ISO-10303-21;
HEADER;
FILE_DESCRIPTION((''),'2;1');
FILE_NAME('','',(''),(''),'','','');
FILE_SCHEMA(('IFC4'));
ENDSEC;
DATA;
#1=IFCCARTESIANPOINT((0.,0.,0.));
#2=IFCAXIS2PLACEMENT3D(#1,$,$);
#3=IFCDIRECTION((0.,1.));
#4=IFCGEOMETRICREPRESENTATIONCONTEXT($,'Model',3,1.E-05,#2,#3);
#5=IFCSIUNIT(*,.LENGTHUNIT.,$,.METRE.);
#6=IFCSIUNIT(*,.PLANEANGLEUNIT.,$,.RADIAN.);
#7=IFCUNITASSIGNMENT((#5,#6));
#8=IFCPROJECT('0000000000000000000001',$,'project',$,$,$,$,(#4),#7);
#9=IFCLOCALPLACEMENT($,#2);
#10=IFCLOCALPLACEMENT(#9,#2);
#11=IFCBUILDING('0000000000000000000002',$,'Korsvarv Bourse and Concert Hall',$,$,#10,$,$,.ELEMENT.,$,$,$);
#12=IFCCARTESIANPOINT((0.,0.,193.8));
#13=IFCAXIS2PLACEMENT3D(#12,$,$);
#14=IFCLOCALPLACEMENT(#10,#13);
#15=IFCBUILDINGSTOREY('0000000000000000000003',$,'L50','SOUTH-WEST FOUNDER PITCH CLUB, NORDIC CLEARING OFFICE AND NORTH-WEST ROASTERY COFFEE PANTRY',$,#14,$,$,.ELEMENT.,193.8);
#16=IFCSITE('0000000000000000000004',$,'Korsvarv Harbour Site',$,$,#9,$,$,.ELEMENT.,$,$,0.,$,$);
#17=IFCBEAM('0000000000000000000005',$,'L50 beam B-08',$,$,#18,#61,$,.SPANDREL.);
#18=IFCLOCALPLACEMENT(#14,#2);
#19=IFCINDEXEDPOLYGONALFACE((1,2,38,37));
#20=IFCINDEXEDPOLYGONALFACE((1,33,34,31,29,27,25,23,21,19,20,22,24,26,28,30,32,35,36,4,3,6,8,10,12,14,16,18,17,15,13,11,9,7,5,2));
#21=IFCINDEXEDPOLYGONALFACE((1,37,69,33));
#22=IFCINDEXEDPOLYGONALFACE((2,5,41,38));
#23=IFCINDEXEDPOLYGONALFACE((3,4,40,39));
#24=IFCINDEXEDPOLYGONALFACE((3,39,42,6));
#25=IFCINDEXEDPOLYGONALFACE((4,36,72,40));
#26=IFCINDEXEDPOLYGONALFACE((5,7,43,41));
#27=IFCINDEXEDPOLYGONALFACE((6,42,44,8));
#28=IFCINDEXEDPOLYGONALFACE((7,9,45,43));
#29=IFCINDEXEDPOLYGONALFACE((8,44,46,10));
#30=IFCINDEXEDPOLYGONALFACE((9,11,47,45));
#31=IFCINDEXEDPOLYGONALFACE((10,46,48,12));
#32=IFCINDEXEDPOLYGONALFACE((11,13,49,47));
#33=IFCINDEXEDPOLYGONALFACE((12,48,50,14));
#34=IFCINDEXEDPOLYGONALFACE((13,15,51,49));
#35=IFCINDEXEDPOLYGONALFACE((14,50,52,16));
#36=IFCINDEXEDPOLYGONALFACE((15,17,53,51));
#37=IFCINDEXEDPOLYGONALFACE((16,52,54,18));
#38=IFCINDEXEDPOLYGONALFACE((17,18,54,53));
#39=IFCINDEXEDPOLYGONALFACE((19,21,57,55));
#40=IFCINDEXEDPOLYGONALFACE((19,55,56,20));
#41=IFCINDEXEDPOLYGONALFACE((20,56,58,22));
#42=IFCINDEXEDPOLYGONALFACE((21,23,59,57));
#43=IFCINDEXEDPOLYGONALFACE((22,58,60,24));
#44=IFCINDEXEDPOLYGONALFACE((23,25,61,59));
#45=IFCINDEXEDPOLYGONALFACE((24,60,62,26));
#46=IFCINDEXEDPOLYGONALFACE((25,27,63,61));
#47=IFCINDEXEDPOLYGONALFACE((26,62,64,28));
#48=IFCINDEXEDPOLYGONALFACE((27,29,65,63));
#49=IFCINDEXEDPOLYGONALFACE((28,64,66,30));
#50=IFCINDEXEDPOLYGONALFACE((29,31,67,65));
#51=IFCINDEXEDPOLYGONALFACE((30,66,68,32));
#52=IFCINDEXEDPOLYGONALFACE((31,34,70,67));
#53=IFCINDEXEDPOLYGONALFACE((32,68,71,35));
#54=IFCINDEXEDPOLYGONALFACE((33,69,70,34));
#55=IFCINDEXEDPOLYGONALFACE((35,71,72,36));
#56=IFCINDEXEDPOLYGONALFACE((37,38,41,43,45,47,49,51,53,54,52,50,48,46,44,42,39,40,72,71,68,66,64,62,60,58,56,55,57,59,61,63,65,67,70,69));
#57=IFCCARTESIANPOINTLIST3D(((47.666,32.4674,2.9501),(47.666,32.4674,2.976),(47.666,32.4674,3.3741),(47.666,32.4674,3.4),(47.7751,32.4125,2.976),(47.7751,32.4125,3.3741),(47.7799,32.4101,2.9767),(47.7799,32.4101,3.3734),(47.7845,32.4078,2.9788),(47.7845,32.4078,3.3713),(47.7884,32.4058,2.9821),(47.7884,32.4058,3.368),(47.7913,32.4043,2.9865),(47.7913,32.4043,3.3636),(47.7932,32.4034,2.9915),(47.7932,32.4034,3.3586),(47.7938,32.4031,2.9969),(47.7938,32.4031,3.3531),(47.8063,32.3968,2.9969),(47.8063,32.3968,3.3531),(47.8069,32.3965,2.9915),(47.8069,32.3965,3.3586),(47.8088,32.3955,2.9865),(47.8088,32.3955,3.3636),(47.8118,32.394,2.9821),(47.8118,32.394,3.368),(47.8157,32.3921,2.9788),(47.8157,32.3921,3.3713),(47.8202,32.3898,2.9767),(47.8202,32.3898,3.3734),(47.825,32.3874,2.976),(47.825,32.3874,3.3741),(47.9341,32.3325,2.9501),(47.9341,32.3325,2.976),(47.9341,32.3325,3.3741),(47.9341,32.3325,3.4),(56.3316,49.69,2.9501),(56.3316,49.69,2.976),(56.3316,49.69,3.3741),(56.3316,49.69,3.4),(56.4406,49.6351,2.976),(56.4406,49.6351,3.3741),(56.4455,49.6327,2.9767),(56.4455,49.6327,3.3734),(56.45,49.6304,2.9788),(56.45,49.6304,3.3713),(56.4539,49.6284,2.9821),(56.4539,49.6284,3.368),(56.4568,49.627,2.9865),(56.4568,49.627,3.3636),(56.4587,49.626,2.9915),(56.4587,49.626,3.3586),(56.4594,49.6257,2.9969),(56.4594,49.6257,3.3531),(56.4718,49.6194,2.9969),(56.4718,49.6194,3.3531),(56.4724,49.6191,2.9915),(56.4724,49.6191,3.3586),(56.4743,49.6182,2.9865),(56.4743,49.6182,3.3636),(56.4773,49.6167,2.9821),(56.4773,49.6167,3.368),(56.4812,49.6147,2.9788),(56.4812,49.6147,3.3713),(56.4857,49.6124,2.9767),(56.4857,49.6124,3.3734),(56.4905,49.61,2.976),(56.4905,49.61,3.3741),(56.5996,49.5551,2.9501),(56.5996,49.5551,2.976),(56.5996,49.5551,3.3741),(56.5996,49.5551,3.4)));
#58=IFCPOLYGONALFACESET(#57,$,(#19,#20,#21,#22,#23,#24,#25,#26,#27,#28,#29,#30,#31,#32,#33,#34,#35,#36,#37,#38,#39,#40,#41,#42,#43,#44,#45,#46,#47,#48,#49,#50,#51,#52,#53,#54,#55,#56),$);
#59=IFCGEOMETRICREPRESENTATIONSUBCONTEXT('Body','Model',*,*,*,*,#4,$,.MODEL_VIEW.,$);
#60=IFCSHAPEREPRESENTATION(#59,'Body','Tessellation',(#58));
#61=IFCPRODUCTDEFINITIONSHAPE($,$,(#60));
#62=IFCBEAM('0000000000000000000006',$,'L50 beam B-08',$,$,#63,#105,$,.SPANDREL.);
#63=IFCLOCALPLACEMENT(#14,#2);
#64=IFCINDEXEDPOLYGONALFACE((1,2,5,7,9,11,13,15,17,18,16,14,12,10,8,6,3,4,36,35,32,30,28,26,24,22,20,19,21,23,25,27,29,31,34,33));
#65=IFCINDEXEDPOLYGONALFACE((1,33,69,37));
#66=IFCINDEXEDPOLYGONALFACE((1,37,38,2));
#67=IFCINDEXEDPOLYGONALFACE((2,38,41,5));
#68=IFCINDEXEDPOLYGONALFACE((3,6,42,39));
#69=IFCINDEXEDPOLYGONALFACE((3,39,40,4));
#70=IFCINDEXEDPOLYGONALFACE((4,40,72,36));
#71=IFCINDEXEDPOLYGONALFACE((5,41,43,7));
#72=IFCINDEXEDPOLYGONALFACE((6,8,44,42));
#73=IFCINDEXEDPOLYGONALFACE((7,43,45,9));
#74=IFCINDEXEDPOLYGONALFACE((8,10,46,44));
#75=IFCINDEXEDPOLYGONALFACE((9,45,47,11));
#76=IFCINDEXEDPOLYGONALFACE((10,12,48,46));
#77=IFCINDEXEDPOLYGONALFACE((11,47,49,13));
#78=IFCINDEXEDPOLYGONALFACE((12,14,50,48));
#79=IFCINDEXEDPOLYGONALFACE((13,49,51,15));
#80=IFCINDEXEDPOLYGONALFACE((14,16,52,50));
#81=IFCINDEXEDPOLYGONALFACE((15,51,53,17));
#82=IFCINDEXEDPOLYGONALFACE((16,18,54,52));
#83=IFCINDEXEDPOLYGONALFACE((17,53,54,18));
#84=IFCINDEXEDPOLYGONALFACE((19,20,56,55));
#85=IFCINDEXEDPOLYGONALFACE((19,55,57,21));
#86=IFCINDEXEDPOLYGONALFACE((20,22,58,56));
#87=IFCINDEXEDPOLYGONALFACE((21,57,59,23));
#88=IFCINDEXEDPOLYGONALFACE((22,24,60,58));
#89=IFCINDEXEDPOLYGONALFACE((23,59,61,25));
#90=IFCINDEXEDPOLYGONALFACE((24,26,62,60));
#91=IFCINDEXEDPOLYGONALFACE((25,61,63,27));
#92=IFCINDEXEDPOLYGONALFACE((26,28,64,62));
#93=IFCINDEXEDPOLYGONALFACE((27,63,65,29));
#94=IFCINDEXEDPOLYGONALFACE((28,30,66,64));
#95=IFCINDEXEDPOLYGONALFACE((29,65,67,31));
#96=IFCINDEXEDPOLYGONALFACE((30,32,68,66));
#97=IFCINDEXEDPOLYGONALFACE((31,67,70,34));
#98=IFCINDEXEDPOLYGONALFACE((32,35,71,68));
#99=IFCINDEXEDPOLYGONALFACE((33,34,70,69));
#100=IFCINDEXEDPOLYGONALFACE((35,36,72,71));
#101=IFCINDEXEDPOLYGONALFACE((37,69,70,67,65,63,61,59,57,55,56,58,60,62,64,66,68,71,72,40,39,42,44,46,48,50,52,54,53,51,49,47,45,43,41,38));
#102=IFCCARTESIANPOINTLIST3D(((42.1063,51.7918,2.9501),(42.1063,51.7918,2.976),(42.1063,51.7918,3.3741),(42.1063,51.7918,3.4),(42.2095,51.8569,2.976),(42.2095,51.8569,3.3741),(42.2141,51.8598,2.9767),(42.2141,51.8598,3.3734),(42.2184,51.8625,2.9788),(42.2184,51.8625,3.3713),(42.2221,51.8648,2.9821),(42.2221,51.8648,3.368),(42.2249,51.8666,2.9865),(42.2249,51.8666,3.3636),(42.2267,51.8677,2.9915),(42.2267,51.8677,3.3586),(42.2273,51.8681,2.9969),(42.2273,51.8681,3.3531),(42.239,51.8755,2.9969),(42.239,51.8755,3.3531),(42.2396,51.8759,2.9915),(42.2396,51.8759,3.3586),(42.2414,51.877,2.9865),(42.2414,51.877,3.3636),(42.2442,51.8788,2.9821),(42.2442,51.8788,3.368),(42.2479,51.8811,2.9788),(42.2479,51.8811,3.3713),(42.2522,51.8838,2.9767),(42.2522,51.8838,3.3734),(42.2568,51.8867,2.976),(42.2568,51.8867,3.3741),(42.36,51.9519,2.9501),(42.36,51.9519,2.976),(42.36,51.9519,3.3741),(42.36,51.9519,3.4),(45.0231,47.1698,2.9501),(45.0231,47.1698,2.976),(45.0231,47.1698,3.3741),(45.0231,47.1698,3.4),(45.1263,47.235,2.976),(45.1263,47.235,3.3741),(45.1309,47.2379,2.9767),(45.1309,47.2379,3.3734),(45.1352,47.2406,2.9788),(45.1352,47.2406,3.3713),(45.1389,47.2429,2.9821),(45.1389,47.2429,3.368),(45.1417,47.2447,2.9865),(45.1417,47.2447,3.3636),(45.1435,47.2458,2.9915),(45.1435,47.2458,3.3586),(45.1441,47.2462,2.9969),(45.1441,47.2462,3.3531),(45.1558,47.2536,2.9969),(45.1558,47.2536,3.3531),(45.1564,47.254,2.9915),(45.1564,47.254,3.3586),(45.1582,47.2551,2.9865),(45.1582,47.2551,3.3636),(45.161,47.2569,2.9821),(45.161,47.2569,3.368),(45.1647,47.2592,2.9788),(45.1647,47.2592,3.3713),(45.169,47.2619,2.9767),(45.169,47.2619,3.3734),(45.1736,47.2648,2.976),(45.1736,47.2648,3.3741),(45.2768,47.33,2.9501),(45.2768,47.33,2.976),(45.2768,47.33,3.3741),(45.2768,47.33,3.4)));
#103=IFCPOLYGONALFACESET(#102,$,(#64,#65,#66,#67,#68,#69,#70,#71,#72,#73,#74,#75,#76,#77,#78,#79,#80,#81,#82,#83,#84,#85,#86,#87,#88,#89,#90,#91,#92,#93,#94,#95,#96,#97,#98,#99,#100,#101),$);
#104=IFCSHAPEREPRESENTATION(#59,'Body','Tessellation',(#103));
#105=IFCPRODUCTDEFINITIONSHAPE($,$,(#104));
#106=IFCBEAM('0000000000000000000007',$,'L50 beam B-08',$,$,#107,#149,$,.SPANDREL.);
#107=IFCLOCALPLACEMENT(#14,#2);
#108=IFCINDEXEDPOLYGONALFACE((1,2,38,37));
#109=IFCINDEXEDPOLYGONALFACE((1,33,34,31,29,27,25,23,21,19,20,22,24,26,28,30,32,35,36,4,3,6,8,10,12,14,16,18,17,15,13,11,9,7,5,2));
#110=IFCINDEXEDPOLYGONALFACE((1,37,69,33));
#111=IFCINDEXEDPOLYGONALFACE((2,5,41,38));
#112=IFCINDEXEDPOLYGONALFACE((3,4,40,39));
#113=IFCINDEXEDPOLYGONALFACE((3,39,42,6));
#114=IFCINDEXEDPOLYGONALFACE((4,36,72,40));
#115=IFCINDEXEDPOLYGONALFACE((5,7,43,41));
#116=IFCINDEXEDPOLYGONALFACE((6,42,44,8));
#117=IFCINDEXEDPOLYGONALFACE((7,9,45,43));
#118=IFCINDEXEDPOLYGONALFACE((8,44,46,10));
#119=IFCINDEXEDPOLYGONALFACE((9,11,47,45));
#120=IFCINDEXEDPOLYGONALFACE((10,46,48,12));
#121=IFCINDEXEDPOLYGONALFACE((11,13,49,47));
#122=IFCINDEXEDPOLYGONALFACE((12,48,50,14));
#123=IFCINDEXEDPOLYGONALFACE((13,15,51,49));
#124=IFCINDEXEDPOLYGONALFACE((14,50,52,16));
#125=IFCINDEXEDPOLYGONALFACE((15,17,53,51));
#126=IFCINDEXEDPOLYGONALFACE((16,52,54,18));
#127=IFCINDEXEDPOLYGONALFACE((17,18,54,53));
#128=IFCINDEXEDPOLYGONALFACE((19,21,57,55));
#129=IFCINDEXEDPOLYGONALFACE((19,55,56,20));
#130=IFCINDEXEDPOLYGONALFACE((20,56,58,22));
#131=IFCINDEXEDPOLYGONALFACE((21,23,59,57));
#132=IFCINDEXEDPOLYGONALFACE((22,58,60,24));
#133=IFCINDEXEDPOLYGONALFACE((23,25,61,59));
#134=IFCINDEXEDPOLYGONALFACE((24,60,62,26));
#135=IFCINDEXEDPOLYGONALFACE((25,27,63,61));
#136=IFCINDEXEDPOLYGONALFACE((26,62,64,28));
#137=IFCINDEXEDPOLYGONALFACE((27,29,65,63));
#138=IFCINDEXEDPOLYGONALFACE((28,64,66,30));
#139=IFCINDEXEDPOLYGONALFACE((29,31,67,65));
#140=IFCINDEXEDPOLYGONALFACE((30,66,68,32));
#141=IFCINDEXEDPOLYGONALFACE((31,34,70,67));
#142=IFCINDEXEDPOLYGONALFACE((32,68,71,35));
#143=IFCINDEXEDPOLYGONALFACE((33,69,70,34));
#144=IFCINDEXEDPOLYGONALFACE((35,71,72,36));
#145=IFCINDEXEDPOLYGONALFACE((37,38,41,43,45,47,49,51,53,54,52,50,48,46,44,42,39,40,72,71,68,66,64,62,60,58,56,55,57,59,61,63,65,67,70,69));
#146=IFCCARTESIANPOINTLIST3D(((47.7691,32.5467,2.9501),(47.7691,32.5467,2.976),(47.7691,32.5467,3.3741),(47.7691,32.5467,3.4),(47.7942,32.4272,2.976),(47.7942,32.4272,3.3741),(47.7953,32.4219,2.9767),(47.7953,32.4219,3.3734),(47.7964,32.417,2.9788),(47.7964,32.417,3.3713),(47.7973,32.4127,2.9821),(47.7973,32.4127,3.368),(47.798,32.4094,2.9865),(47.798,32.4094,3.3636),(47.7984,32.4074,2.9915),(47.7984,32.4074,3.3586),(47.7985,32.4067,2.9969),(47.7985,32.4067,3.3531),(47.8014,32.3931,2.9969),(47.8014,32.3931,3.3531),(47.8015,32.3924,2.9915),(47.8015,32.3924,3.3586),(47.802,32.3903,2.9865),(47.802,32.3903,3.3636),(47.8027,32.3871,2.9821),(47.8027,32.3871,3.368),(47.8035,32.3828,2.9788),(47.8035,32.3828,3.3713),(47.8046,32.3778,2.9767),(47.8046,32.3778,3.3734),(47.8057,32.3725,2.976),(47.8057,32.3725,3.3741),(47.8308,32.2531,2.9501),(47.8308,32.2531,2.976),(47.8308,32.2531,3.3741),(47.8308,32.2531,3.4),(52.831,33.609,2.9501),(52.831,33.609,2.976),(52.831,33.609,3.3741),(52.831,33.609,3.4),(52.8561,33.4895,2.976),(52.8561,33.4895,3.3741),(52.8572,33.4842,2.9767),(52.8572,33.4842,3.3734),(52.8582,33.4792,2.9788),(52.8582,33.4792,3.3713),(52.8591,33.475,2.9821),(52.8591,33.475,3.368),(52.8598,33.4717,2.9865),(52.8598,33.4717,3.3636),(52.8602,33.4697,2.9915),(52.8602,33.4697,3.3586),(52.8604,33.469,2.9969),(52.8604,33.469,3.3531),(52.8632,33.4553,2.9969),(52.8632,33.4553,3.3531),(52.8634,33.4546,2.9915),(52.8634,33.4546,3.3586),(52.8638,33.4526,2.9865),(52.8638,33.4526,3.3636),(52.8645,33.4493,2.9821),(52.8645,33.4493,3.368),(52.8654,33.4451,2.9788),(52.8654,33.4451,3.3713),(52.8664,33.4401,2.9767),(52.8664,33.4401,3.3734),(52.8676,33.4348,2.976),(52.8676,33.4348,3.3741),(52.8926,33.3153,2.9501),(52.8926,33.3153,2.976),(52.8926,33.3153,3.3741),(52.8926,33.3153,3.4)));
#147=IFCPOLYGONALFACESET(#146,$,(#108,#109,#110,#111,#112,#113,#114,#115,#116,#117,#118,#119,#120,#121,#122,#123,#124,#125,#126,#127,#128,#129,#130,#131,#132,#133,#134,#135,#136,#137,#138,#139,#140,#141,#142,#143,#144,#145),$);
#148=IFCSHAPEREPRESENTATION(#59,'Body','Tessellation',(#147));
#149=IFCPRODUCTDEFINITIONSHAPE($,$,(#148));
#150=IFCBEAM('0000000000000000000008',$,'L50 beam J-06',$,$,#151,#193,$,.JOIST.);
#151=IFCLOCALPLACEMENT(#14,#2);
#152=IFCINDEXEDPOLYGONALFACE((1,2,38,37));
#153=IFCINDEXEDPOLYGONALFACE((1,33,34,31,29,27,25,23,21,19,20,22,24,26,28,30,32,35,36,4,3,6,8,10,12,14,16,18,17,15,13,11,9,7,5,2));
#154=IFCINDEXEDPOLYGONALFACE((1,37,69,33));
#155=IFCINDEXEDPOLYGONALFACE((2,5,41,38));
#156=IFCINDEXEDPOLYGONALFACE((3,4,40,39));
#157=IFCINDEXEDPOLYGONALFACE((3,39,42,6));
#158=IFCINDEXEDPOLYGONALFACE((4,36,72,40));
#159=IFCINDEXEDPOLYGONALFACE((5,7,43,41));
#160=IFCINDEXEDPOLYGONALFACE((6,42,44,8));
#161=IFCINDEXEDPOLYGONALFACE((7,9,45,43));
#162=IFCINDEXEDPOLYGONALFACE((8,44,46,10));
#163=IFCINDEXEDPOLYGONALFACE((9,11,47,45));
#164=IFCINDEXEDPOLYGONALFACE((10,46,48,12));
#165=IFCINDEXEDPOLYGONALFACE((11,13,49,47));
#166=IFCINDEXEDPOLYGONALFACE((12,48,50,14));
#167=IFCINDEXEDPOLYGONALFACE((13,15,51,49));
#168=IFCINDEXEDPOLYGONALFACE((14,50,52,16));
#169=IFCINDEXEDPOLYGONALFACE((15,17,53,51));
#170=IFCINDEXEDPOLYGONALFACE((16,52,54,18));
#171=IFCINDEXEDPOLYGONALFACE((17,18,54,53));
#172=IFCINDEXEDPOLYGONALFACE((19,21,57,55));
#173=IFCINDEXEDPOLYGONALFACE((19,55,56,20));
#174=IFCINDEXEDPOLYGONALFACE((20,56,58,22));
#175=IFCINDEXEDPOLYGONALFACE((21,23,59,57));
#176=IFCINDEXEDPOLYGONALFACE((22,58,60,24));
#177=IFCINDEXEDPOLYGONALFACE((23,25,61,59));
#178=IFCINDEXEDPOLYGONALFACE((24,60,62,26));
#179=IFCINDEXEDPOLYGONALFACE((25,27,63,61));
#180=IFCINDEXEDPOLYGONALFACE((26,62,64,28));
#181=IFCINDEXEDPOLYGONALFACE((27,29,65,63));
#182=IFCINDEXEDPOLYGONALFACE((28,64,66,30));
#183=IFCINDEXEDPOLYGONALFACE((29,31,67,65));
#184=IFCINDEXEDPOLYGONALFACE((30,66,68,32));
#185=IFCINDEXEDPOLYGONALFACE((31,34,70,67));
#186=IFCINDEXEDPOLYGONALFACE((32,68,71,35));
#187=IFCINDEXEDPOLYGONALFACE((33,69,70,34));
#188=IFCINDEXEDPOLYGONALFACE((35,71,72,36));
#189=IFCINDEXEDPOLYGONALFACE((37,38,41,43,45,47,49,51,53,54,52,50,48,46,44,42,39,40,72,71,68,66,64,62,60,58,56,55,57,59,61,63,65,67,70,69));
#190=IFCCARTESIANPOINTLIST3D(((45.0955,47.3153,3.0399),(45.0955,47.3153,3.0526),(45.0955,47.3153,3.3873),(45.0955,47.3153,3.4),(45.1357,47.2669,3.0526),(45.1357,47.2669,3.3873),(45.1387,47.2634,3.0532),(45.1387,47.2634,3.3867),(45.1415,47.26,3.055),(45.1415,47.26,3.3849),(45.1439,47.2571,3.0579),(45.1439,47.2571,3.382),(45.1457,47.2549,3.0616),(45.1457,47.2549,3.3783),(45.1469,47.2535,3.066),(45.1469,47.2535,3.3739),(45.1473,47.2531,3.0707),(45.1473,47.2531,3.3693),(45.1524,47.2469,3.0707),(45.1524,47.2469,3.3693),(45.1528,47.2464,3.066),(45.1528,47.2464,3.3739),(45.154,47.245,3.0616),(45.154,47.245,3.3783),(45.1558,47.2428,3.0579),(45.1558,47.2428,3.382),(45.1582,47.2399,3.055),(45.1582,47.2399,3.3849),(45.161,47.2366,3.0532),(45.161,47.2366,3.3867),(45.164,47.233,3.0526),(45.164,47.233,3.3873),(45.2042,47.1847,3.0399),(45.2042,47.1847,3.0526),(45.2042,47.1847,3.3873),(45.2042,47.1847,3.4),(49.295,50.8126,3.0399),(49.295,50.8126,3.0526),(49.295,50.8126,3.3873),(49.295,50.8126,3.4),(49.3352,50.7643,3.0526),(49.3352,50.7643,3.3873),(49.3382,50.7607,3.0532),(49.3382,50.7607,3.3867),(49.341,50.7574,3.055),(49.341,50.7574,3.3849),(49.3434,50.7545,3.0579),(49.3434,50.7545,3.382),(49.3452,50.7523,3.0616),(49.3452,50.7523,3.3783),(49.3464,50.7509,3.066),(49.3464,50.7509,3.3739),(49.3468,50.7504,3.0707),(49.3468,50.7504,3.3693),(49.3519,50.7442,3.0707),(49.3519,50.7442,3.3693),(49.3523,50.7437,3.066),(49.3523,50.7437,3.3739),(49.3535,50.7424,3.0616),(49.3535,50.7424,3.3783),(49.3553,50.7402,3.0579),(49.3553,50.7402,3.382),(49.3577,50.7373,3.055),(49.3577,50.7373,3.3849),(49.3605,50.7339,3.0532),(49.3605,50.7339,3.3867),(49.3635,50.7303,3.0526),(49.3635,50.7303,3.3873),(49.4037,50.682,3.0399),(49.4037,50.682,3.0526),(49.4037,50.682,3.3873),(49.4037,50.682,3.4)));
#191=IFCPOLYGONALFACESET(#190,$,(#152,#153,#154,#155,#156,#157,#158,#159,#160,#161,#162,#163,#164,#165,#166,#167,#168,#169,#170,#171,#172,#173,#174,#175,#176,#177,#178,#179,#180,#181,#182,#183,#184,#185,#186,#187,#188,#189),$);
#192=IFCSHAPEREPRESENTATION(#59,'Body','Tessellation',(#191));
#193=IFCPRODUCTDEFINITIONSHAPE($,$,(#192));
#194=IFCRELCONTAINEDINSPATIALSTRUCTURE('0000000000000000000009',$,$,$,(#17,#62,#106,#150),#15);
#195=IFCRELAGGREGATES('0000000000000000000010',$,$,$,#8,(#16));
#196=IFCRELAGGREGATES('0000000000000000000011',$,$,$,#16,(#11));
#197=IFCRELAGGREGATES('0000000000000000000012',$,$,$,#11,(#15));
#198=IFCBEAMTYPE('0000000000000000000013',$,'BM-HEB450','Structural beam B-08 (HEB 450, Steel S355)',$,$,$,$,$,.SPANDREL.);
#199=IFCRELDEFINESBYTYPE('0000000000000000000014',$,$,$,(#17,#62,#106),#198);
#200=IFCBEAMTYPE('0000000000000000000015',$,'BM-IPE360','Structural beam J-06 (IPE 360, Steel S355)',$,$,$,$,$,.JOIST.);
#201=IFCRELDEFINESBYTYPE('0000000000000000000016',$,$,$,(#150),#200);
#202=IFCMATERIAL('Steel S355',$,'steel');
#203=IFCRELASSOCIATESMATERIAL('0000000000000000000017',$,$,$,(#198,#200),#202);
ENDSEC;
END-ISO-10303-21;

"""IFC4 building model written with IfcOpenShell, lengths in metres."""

from ifc_helpers import new_model, si_unit, direction, frame, origin, origin_2d, place, context, subcontext, project, spatial, i_section, extrude, source, transform, mapped, material, material_profile, profile_set, type_object, element, save


model = new_model("IFC4")

# Units and contexts
model_context = context("Model", 3, precision=1e-05, world=origin(), true_north=direction((0.0, 1.0)))
body_context = subcontext(model_context, "Body", "Model", "MODEL_VIEW")
ifc_project = project(units=[si_unit("LENGTHUNIT", "METRE"), si_unit("PLANEANGLEUNIT", "RADIAN")], contexts=[model_context])

# Site, building, storey
site_placement = place(None, origin())
site = spatial("IfcSite", under=ifc_project, at=site_placement, Name="Korsvarv Harbour Site", CompositionType="ELEMENT", RefElevation=0.0)
building_placement = place(site_placement, origin())
building = spatial("IfcBuilding", under=site, at=building_placement, Name="Korsvarv Bourse and Concert Hall", CompositionType="ELEMENT")
storey_placement = place(building_placement, frame((0.0, 0.0, 193.8)))
storey = spatial("IfcBuildingStorey", under=building, at=storey_placement, Name="L50", Description="SOUTH-WEST FOUNDER PITCH CLUB, NORDIC CLEARING OFFICE AND NORTH-WEST ROASTERY COFFEE PANTRY", CompositionType="ELEMENT", Elevation=193.8)

# Shared definitions
ifc_material_1 = material(Name="Steel S355", Category="steel")

# Beams
ifc_material_profile_1 = material_profile(ifc_material_1, i_section(OverallWidth=0.3, OverallDepth=0.45, WebThickness=0.0139, FlangeThickness=0.0259, FilletRadius=0.021, at=origin_2d()), Name="HEB 450")
ifc_profile_set_1 = profile_set([ifc_material_profile_1], Name="Steel S355")
beam_type_1 = type_object("IfcBeamType", Name="BM-HEB450", Description="Structural beam B-08 (HEB 450, Steel S355)", PredefinedType="SPANDREL", material=ifc_profile_set_1)
shared_shape_1 = source(origin(), body_context, "Body", "SweptSolid", [
    extrude(i_section(OverallWidth=0.3, OverallDepth=0.45, WebThickness=0.0139, FlangeThickness=0.0259, FilletRadius=0.021, at=origin_2d()), origin(), (0.0, 0.0, 1.0), 19.2798),
])
beam_1_placement = place(storey_placement, frame((56.4656, 49.6226, 3.175), z_axis=(-0.449461, -0.8933, 0.0), x_axis=(0.8933, -0.449461, 0.0)))
element("IfcBeam", 1, at=beam_1_placement, inside=storey, type_object=beam_type_1, Name="L50 beam B-08", PredefinedType="SPANDREL", context=body_context, shape_type="MappedRepresentation", body=[
    mapped(shared_shape_1, transform((0.0, 0.0, 0.0), scale=1.0)),
])
shared_shape_2 = source(origin(), body_context, "Body", "SweptSolid", [
    extrude(i_section(OverallWidth=0.3, OverallDepth=0.45, WebThickness=0.0139, FlangeThickness=0.0259, FilletRadius=0.021, at=origin_2d()), origin(), (0.0, 0.0, 1.0), 5.4653),
])
beam_2_placement = place(storey_placement, frame((42.2332, 51.8718, 3.175), z_axis=(0.533692, -0.845679, 0.0), x_axis=(0.845679, 0.533692, 0.0)))
element("IfcBeam", 2, at=beam_2_placement, inside=storey, type_object=beam_type_1, Name="L50 beam B-08", PredefinedType="SPANDREL", context=body_context, shape_type="MappedRepresentation", body=[
    mapped(shared_shape_2, transform((0.0, 0.0, 0.0), scale=1.0)),
])
shared_shape_3 = source(origin(), body_context, "Body", "SweptSolid", [
    extrude(i_section(OverallWidth=0.3, OverallDepth=0.45, WebThickness=0.0139, FlangeThickness=0.0259, FilletRadius=0.021, at=origin_2d()), origin(), (0.0, 0.0, 1.0), 5.1721),
])
beam_3_placement = place(storey_placement, frame((52.8618, 33.4622, 3.175), z_axis=(-0.978681, -0.205385, 0.0), x_axis=(0.205385, -0.978681, 0.0)))
element("IfcBeam", 3, at=beam_3_placement, inside=storey, type_object=beam_type_1, Name="L50 beam B-08", PredefinedType="SPANDREL", context=body_context, shape_type="MappedRepresentation", body=[
    mapped(shared_shape_3, transform((0.0, 0.0, 0.0), scale=1.0)),
])
ifc_material_profile_2 = material_profile(ifc_material_1, i_section(OverallWidth=0.1699, OverallDepth=0.3601, WebThickness=0.0081, FlangeThickness=0.0127, FilletRadius=0.0181, at=origin_2d()), Name="IPE 360")
ifc_profile_set_2 = profile_set([ifc_material_profile_2], Name="Steel S355")
beam_type_2 = type_object("IfcBeamType", Name="BM-IPE360", Description="Structural beam J-06 (IPE 360, Steel S355)", PredefinedType="JOIST", material=ifc_profile_set_2)
shared_shape_4 = source(origin(), body_context, "Body", "SweptSolid", [
    extrude(i_section(OverallWidth=0.1699, OverallDepth=0.3601, WebThickness=0.0081, FlangeThickness=0.0127, FilletRadius=0.0181, at=origin_2d()), origin(), (0.0, 0.0, 1.0), 5.4651),
])
beam_4_placement = place(storey_placement, frame((49.3494, 50.7473, 3.22), z_axis=(-0.768423, -0.639943, 0.0), x_axis=(0.639943, -0.768423, 0.0)))
element("IfcBeam", 4, at=beam_4_placement, inside=storey, type_object=beam_type_2, Name="L50 beam J-06", PredefinedType="JOIST", context=body_context, shape_type="MappedRepresentation", body=[
    mapped(shared_shape_4, transform((0.0, 0.0, 0.0), scale=1.0)),
])

save(model, "model.ifc")
